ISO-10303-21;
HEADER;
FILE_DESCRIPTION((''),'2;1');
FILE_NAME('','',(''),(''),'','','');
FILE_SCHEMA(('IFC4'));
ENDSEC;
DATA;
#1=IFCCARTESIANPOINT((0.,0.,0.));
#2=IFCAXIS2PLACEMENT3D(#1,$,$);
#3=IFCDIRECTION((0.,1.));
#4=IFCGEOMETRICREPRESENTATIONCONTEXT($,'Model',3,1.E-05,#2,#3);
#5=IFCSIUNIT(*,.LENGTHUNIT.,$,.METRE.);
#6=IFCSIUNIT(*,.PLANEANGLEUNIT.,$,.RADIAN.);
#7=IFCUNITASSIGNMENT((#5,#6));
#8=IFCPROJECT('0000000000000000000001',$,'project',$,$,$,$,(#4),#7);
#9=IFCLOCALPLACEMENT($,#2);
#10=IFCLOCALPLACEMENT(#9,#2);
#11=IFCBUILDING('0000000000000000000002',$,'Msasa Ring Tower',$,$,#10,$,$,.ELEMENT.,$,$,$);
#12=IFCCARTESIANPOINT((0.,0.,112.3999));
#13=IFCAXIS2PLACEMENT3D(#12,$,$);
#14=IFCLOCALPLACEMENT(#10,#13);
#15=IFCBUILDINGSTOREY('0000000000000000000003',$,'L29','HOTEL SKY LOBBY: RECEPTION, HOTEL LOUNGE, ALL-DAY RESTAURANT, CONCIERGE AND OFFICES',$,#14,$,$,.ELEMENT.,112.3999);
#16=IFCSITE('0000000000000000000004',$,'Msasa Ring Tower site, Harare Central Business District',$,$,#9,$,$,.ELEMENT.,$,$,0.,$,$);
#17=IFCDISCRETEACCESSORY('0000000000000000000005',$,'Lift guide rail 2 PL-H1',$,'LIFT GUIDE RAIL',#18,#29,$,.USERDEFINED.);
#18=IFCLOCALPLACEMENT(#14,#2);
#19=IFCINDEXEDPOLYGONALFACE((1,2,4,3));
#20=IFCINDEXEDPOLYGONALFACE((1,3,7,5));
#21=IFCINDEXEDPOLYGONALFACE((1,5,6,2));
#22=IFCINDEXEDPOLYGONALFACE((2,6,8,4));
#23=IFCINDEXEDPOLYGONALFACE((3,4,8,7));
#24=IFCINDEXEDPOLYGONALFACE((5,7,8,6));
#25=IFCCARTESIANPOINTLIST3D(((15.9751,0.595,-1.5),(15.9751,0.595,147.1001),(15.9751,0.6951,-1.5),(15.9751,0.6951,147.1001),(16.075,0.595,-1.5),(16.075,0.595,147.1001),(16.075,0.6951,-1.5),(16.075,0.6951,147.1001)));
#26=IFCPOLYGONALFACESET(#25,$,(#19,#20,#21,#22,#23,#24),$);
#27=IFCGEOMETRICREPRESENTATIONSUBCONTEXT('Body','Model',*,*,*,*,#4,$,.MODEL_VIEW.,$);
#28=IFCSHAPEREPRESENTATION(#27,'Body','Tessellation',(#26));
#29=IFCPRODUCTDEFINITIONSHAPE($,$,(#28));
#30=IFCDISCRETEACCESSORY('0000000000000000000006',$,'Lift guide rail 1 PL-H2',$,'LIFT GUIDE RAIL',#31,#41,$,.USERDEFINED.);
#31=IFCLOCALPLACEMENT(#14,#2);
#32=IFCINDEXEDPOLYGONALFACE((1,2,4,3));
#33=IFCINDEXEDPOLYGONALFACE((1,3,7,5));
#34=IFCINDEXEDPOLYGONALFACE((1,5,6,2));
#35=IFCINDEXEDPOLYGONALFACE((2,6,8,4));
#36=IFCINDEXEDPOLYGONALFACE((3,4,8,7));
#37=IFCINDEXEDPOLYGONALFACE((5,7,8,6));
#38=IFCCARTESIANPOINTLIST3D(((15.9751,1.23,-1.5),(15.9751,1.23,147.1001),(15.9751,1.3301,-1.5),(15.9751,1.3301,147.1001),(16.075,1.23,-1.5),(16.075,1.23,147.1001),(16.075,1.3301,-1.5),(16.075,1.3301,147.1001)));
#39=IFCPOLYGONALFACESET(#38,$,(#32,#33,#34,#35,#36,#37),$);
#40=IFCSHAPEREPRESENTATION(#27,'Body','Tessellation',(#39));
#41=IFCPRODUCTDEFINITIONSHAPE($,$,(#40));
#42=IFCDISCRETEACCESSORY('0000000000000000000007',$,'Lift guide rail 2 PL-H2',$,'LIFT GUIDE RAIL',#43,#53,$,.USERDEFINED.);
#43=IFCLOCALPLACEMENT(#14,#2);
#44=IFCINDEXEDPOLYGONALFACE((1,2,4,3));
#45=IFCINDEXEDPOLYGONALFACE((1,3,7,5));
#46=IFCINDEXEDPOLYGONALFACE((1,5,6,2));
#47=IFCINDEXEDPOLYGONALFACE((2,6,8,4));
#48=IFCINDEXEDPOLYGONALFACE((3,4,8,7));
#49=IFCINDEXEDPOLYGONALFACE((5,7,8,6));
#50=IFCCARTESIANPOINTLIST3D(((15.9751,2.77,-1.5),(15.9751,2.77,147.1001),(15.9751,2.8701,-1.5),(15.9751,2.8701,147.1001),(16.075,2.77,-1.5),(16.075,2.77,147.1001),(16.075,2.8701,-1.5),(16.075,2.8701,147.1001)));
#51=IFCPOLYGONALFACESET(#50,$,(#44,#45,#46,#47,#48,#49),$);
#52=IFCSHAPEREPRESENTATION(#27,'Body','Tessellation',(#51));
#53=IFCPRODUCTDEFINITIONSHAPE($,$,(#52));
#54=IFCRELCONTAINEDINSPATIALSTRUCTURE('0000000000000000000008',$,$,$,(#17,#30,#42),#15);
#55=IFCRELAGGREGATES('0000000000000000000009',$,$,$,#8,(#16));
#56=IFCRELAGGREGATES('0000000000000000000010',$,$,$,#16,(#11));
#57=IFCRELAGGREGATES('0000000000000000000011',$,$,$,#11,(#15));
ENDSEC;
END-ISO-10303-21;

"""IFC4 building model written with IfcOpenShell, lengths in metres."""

from ifc_helpers import new_model, si_unit, direction, frame, origin, place, context, subcontext, project, spatial, polyline, outline, extrude, element, save


model = new_model("IFC4")

# Units and contexts
model_context = context("Model", 3, precision=1e-05, world=origin(), true_north=direction((0.0, 1.0)))
body_context = subcontext(model_context, "Body", "Model", "MODEL_VIEW")
ifc_project = project(units=[si_unit("LENGTHUNIT", "METRE"), si_unit("PLANEANGLEUNIT", "RADIAN")], contexts=[model_context])

# Site, building, storey
site_placement = place(None, origin())
site = spatial("IfcSite", under=ifc_project, at=site_placement, Name="Msasa Ring Tower site, Harare Central Business District", CompositionType="ELEMENT", RefElevation=0.0)
building_placement = place(site_placement, origin())
building = spatial("IfcBuilding", under=site, at=building_placement, Name="Msasa Ring Tower", CompositionType="ELEMENT")
storey_placement = place(building_placement, frame((0.0, 0.0, 112.3999)))
storey = spatial("IfcBuildingStorey", under=building, at=storey_placement, Name="L29", Description="HOTEL SKY LOBBY: RECEPTION, HOTEL LOUNGE, ALL-DAY RESTAURANT, CONCIERGE AND OFFICES", CompositionType="ELEMENT", Elevation=112.3999)

# Discrete accessories
discrete_accessory_1_placement = place(storey_placement, frame((0.0, 0.0, -1.5)))
element("IfcDiscreteAccessory", 1, at=discrete_accessory_1_placement, inside=storey, Name="Lift guide rail 2 PL-H1", ObjectType="LIFT GUIDE RAIL", PredefinedType="USERDEFINED", context=body_context, shape_type="SweptSolid", body=[
    extrude(outline(polyline([(15.9751, 0.595), (16.075, 0.595), (16.075, 0.6951), (15.9751, 0.6951), (15.9751, 0.595)])), origin(), (0.0, 0.0, 1.0), 148.6001),
])
discrete_accessory_2_placement = place(storey_placement, frame((0.0, 0.0, -1.5)))
element("IfcDiscreteAccessory", 2, at=discrete_accessory_2_placement, inside=storey, Name="Lift guide rail 1 PL-H2", ObjectType="LIFT GUIDE RAIL", PredefinedType="USERDEFINED", context=body_context, shape_type="SweptSolid", body=[
    extrude(outline(polyline([(15.9751, 1.23), (16.075, 1.23), (16.075, 1.3301), (15.9751, 1.3301), (15.9751, 1.23)])), origin(), (0.0, 0.0, 1.0), 148.6001),
])
discrete_accessory_3_placement = place(storey_placement, frame((0.0, 0.0, -1.5)))
element("IfcDiscreteAccessory", 3, at=discrete_accessory_3_placement, inside=storey, Name="Lift guide rail 2 PL-H2", ObjectType="LIFT GUIDE RAIL", PredefinedType="USERDEFINED", context=body_context, shape_type="SweptSolid", body=[
    extrude(outline(polyline([(15.9751, 2.77), (16.075, 2.77), (16.075, 2.8701), (15.9751, 2.8701), (15.9751, 2.77)])), origin(), (0.0, 0.0, 1.0), 148.6001),
])

save(model, "model.ifc")
